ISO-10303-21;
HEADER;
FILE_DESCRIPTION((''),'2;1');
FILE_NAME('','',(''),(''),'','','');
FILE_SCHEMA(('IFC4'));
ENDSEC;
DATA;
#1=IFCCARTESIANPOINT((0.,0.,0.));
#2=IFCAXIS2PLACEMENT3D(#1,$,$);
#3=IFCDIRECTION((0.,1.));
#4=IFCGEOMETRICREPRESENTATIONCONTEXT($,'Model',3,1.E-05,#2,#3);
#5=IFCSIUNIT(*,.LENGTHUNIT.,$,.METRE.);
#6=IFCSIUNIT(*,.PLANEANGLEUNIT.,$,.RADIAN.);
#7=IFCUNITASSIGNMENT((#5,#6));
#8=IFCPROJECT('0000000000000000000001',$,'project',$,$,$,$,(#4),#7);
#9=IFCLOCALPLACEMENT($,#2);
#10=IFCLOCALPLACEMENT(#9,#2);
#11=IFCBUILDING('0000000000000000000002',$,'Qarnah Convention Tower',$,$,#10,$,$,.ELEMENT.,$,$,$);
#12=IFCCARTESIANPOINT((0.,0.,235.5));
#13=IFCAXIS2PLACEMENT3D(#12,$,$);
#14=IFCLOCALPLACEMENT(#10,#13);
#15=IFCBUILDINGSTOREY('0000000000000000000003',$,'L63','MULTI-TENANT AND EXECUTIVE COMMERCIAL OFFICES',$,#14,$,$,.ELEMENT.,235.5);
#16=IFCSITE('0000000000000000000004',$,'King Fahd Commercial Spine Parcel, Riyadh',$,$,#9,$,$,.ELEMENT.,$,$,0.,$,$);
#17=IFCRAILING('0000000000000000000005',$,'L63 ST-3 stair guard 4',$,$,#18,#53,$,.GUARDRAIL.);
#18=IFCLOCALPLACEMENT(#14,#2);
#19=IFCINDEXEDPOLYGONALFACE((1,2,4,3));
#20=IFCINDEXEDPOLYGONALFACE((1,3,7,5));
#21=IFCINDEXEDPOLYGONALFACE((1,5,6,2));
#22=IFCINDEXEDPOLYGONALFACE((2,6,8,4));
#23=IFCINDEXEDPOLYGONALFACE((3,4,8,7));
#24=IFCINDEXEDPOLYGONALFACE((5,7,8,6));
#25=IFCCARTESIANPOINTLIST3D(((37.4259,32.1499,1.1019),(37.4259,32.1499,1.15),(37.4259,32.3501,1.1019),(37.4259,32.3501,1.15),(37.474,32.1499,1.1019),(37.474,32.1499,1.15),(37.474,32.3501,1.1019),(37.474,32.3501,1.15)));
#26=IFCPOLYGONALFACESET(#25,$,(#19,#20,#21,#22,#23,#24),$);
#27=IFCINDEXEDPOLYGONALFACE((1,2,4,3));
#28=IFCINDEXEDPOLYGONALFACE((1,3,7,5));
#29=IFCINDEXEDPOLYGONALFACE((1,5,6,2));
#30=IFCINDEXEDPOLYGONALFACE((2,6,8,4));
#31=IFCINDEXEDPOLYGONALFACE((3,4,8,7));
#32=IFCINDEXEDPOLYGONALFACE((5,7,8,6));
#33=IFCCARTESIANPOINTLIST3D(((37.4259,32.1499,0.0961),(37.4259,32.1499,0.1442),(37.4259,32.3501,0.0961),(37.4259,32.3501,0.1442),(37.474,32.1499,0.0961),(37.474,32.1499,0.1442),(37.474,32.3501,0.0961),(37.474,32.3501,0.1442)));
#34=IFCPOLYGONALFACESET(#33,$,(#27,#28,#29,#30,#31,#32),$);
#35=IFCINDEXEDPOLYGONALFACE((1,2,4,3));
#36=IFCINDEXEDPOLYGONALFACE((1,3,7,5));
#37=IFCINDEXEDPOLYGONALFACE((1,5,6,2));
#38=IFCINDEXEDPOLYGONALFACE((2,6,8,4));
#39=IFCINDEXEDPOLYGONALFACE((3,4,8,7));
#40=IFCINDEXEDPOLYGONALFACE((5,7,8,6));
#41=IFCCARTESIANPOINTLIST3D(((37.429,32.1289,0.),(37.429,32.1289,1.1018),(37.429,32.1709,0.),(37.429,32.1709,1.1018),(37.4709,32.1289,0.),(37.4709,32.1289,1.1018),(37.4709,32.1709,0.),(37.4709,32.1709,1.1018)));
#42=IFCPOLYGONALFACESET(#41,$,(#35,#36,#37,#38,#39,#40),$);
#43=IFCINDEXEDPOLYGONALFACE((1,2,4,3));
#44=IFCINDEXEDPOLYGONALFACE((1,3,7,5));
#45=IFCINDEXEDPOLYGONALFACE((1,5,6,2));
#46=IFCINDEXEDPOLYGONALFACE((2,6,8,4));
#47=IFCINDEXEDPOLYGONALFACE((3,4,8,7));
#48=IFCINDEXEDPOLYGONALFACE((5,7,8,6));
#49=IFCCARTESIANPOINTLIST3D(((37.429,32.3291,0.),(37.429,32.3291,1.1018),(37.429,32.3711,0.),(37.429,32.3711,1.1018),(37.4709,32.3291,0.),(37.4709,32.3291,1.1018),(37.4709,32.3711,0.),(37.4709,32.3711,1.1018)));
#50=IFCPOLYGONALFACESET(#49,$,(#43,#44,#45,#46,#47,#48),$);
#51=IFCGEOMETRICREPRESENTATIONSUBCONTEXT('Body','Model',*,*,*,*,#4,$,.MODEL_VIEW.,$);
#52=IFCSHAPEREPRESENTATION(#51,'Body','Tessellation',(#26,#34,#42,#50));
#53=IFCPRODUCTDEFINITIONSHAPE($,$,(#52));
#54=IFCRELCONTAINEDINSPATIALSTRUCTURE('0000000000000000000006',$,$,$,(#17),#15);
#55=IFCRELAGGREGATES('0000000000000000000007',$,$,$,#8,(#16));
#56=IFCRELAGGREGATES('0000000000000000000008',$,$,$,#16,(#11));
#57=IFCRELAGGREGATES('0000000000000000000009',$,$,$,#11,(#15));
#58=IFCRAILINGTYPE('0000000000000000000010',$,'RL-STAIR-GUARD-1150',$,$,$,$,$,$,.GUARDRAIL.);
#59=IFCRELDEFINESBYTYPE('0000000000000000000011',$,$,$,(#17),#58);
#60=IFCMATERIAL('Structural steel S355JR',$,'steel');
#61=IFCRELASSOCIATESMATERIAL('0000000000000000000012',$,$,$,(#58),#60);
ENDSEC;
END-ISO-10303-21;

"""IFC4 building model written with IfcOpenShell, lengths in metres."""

from ifc_helpers import new_model, si_unit, direction, frame, origin, origin_2d, place, context, subcontext, project, spatial, rectangle, extrude, material, type_object, element, save


model = new_model("IFC4")

# Units and contexts
model_context = context("Model", 3, precision=1e-05, world=origin(), true_north=direction((0.0, 1.0)))
body_context = subcontext(model_context, "Body", "Model", "MODEL_VIEW")
ifc_project = project(units=[si_unit("LENGTHUNIT", "METRE"), si_unit("PLANEANGLEUNIT", "RADIAN")], contexts=[model_context])

# Site, building, storey
site_placement = place(None, origin())
site = spatial("IfcSite", under=ifc_project, at=site_placement, Name="King Fahd Commercial Spine Parcel, Riyadh", CompositionType="ELEMENT", RefElevation=0.0)
building_placement = place(site_placement, origin())
building = spatial("IfcBuilding", under=site, at=building_placement, Name="Qarnah Convention Tower", CompositionType="ELEMENT")
storey_placement = place(building_placement, frame((0.0, 0.0, 235.5)))
storey = spatial("IfcBuildingStorey", under=building, at=storey_placement, Name="L63", Description="MULTI-TENANT AND EXECUTIVE COMMERCIAL OFFICES", CompositionType="ELEMENT", Elevation=235.5)

# Shared definitions
ifc_material_1 = material(Name="Structural steel S355JR", Category="steel")

# Railing
railing_type = type_object("IfcRailingType", Name="RL-STAIR-GUARD-1150", PredefinedType="GUARDRAIL", material=ifc_material_1)
railing_1_placement = place(storey_placement, frame((37.45, 32.1499, 0.0)))
element("IfcRailing", 1, at=railing_1_placement, inside=storey, type_object=railing_type, Name="L63 ST-3 stair guard 4", PredefinedType="GUARDRAIL", context=body_context, shape_type="SweptSolid", body=[
    extrude(rectangle(XDim=0.0481, YDim=0.0481, at=origin_2d()), frame((0.0, 0.0, 1.126), z_axis=(0.0, 1.0, 0.0), x_axis=(-1.0, 0.0, 0.0)), (0.0, 0.0, 1.0), 0.2002),
    extrude(rectangle(XDim=0.0481, YDim=0.0481, at=origin_2d()), frame((0.0, 0.0, 0.1201), z_axis=(0.0, 1.0, 0.0), x_axis=(-1.0, 0.0, 0.0)), (0.0, 0.0, 1.0), 0.2002),
    extrude(rectangle(XDim=0.042, YDim=0.042, at=origin_2d()), origin(), (0.0, 0.0, 1.0), 1.1018),
    extrude(rectangle(XDim=0.042, YDim=0.042, at=origin_2d()), frame((0.0, 0.2002, 0.0)), (0.0, 0.0, 1.0), 1.1018),
])

save(model, "model.ifc")
